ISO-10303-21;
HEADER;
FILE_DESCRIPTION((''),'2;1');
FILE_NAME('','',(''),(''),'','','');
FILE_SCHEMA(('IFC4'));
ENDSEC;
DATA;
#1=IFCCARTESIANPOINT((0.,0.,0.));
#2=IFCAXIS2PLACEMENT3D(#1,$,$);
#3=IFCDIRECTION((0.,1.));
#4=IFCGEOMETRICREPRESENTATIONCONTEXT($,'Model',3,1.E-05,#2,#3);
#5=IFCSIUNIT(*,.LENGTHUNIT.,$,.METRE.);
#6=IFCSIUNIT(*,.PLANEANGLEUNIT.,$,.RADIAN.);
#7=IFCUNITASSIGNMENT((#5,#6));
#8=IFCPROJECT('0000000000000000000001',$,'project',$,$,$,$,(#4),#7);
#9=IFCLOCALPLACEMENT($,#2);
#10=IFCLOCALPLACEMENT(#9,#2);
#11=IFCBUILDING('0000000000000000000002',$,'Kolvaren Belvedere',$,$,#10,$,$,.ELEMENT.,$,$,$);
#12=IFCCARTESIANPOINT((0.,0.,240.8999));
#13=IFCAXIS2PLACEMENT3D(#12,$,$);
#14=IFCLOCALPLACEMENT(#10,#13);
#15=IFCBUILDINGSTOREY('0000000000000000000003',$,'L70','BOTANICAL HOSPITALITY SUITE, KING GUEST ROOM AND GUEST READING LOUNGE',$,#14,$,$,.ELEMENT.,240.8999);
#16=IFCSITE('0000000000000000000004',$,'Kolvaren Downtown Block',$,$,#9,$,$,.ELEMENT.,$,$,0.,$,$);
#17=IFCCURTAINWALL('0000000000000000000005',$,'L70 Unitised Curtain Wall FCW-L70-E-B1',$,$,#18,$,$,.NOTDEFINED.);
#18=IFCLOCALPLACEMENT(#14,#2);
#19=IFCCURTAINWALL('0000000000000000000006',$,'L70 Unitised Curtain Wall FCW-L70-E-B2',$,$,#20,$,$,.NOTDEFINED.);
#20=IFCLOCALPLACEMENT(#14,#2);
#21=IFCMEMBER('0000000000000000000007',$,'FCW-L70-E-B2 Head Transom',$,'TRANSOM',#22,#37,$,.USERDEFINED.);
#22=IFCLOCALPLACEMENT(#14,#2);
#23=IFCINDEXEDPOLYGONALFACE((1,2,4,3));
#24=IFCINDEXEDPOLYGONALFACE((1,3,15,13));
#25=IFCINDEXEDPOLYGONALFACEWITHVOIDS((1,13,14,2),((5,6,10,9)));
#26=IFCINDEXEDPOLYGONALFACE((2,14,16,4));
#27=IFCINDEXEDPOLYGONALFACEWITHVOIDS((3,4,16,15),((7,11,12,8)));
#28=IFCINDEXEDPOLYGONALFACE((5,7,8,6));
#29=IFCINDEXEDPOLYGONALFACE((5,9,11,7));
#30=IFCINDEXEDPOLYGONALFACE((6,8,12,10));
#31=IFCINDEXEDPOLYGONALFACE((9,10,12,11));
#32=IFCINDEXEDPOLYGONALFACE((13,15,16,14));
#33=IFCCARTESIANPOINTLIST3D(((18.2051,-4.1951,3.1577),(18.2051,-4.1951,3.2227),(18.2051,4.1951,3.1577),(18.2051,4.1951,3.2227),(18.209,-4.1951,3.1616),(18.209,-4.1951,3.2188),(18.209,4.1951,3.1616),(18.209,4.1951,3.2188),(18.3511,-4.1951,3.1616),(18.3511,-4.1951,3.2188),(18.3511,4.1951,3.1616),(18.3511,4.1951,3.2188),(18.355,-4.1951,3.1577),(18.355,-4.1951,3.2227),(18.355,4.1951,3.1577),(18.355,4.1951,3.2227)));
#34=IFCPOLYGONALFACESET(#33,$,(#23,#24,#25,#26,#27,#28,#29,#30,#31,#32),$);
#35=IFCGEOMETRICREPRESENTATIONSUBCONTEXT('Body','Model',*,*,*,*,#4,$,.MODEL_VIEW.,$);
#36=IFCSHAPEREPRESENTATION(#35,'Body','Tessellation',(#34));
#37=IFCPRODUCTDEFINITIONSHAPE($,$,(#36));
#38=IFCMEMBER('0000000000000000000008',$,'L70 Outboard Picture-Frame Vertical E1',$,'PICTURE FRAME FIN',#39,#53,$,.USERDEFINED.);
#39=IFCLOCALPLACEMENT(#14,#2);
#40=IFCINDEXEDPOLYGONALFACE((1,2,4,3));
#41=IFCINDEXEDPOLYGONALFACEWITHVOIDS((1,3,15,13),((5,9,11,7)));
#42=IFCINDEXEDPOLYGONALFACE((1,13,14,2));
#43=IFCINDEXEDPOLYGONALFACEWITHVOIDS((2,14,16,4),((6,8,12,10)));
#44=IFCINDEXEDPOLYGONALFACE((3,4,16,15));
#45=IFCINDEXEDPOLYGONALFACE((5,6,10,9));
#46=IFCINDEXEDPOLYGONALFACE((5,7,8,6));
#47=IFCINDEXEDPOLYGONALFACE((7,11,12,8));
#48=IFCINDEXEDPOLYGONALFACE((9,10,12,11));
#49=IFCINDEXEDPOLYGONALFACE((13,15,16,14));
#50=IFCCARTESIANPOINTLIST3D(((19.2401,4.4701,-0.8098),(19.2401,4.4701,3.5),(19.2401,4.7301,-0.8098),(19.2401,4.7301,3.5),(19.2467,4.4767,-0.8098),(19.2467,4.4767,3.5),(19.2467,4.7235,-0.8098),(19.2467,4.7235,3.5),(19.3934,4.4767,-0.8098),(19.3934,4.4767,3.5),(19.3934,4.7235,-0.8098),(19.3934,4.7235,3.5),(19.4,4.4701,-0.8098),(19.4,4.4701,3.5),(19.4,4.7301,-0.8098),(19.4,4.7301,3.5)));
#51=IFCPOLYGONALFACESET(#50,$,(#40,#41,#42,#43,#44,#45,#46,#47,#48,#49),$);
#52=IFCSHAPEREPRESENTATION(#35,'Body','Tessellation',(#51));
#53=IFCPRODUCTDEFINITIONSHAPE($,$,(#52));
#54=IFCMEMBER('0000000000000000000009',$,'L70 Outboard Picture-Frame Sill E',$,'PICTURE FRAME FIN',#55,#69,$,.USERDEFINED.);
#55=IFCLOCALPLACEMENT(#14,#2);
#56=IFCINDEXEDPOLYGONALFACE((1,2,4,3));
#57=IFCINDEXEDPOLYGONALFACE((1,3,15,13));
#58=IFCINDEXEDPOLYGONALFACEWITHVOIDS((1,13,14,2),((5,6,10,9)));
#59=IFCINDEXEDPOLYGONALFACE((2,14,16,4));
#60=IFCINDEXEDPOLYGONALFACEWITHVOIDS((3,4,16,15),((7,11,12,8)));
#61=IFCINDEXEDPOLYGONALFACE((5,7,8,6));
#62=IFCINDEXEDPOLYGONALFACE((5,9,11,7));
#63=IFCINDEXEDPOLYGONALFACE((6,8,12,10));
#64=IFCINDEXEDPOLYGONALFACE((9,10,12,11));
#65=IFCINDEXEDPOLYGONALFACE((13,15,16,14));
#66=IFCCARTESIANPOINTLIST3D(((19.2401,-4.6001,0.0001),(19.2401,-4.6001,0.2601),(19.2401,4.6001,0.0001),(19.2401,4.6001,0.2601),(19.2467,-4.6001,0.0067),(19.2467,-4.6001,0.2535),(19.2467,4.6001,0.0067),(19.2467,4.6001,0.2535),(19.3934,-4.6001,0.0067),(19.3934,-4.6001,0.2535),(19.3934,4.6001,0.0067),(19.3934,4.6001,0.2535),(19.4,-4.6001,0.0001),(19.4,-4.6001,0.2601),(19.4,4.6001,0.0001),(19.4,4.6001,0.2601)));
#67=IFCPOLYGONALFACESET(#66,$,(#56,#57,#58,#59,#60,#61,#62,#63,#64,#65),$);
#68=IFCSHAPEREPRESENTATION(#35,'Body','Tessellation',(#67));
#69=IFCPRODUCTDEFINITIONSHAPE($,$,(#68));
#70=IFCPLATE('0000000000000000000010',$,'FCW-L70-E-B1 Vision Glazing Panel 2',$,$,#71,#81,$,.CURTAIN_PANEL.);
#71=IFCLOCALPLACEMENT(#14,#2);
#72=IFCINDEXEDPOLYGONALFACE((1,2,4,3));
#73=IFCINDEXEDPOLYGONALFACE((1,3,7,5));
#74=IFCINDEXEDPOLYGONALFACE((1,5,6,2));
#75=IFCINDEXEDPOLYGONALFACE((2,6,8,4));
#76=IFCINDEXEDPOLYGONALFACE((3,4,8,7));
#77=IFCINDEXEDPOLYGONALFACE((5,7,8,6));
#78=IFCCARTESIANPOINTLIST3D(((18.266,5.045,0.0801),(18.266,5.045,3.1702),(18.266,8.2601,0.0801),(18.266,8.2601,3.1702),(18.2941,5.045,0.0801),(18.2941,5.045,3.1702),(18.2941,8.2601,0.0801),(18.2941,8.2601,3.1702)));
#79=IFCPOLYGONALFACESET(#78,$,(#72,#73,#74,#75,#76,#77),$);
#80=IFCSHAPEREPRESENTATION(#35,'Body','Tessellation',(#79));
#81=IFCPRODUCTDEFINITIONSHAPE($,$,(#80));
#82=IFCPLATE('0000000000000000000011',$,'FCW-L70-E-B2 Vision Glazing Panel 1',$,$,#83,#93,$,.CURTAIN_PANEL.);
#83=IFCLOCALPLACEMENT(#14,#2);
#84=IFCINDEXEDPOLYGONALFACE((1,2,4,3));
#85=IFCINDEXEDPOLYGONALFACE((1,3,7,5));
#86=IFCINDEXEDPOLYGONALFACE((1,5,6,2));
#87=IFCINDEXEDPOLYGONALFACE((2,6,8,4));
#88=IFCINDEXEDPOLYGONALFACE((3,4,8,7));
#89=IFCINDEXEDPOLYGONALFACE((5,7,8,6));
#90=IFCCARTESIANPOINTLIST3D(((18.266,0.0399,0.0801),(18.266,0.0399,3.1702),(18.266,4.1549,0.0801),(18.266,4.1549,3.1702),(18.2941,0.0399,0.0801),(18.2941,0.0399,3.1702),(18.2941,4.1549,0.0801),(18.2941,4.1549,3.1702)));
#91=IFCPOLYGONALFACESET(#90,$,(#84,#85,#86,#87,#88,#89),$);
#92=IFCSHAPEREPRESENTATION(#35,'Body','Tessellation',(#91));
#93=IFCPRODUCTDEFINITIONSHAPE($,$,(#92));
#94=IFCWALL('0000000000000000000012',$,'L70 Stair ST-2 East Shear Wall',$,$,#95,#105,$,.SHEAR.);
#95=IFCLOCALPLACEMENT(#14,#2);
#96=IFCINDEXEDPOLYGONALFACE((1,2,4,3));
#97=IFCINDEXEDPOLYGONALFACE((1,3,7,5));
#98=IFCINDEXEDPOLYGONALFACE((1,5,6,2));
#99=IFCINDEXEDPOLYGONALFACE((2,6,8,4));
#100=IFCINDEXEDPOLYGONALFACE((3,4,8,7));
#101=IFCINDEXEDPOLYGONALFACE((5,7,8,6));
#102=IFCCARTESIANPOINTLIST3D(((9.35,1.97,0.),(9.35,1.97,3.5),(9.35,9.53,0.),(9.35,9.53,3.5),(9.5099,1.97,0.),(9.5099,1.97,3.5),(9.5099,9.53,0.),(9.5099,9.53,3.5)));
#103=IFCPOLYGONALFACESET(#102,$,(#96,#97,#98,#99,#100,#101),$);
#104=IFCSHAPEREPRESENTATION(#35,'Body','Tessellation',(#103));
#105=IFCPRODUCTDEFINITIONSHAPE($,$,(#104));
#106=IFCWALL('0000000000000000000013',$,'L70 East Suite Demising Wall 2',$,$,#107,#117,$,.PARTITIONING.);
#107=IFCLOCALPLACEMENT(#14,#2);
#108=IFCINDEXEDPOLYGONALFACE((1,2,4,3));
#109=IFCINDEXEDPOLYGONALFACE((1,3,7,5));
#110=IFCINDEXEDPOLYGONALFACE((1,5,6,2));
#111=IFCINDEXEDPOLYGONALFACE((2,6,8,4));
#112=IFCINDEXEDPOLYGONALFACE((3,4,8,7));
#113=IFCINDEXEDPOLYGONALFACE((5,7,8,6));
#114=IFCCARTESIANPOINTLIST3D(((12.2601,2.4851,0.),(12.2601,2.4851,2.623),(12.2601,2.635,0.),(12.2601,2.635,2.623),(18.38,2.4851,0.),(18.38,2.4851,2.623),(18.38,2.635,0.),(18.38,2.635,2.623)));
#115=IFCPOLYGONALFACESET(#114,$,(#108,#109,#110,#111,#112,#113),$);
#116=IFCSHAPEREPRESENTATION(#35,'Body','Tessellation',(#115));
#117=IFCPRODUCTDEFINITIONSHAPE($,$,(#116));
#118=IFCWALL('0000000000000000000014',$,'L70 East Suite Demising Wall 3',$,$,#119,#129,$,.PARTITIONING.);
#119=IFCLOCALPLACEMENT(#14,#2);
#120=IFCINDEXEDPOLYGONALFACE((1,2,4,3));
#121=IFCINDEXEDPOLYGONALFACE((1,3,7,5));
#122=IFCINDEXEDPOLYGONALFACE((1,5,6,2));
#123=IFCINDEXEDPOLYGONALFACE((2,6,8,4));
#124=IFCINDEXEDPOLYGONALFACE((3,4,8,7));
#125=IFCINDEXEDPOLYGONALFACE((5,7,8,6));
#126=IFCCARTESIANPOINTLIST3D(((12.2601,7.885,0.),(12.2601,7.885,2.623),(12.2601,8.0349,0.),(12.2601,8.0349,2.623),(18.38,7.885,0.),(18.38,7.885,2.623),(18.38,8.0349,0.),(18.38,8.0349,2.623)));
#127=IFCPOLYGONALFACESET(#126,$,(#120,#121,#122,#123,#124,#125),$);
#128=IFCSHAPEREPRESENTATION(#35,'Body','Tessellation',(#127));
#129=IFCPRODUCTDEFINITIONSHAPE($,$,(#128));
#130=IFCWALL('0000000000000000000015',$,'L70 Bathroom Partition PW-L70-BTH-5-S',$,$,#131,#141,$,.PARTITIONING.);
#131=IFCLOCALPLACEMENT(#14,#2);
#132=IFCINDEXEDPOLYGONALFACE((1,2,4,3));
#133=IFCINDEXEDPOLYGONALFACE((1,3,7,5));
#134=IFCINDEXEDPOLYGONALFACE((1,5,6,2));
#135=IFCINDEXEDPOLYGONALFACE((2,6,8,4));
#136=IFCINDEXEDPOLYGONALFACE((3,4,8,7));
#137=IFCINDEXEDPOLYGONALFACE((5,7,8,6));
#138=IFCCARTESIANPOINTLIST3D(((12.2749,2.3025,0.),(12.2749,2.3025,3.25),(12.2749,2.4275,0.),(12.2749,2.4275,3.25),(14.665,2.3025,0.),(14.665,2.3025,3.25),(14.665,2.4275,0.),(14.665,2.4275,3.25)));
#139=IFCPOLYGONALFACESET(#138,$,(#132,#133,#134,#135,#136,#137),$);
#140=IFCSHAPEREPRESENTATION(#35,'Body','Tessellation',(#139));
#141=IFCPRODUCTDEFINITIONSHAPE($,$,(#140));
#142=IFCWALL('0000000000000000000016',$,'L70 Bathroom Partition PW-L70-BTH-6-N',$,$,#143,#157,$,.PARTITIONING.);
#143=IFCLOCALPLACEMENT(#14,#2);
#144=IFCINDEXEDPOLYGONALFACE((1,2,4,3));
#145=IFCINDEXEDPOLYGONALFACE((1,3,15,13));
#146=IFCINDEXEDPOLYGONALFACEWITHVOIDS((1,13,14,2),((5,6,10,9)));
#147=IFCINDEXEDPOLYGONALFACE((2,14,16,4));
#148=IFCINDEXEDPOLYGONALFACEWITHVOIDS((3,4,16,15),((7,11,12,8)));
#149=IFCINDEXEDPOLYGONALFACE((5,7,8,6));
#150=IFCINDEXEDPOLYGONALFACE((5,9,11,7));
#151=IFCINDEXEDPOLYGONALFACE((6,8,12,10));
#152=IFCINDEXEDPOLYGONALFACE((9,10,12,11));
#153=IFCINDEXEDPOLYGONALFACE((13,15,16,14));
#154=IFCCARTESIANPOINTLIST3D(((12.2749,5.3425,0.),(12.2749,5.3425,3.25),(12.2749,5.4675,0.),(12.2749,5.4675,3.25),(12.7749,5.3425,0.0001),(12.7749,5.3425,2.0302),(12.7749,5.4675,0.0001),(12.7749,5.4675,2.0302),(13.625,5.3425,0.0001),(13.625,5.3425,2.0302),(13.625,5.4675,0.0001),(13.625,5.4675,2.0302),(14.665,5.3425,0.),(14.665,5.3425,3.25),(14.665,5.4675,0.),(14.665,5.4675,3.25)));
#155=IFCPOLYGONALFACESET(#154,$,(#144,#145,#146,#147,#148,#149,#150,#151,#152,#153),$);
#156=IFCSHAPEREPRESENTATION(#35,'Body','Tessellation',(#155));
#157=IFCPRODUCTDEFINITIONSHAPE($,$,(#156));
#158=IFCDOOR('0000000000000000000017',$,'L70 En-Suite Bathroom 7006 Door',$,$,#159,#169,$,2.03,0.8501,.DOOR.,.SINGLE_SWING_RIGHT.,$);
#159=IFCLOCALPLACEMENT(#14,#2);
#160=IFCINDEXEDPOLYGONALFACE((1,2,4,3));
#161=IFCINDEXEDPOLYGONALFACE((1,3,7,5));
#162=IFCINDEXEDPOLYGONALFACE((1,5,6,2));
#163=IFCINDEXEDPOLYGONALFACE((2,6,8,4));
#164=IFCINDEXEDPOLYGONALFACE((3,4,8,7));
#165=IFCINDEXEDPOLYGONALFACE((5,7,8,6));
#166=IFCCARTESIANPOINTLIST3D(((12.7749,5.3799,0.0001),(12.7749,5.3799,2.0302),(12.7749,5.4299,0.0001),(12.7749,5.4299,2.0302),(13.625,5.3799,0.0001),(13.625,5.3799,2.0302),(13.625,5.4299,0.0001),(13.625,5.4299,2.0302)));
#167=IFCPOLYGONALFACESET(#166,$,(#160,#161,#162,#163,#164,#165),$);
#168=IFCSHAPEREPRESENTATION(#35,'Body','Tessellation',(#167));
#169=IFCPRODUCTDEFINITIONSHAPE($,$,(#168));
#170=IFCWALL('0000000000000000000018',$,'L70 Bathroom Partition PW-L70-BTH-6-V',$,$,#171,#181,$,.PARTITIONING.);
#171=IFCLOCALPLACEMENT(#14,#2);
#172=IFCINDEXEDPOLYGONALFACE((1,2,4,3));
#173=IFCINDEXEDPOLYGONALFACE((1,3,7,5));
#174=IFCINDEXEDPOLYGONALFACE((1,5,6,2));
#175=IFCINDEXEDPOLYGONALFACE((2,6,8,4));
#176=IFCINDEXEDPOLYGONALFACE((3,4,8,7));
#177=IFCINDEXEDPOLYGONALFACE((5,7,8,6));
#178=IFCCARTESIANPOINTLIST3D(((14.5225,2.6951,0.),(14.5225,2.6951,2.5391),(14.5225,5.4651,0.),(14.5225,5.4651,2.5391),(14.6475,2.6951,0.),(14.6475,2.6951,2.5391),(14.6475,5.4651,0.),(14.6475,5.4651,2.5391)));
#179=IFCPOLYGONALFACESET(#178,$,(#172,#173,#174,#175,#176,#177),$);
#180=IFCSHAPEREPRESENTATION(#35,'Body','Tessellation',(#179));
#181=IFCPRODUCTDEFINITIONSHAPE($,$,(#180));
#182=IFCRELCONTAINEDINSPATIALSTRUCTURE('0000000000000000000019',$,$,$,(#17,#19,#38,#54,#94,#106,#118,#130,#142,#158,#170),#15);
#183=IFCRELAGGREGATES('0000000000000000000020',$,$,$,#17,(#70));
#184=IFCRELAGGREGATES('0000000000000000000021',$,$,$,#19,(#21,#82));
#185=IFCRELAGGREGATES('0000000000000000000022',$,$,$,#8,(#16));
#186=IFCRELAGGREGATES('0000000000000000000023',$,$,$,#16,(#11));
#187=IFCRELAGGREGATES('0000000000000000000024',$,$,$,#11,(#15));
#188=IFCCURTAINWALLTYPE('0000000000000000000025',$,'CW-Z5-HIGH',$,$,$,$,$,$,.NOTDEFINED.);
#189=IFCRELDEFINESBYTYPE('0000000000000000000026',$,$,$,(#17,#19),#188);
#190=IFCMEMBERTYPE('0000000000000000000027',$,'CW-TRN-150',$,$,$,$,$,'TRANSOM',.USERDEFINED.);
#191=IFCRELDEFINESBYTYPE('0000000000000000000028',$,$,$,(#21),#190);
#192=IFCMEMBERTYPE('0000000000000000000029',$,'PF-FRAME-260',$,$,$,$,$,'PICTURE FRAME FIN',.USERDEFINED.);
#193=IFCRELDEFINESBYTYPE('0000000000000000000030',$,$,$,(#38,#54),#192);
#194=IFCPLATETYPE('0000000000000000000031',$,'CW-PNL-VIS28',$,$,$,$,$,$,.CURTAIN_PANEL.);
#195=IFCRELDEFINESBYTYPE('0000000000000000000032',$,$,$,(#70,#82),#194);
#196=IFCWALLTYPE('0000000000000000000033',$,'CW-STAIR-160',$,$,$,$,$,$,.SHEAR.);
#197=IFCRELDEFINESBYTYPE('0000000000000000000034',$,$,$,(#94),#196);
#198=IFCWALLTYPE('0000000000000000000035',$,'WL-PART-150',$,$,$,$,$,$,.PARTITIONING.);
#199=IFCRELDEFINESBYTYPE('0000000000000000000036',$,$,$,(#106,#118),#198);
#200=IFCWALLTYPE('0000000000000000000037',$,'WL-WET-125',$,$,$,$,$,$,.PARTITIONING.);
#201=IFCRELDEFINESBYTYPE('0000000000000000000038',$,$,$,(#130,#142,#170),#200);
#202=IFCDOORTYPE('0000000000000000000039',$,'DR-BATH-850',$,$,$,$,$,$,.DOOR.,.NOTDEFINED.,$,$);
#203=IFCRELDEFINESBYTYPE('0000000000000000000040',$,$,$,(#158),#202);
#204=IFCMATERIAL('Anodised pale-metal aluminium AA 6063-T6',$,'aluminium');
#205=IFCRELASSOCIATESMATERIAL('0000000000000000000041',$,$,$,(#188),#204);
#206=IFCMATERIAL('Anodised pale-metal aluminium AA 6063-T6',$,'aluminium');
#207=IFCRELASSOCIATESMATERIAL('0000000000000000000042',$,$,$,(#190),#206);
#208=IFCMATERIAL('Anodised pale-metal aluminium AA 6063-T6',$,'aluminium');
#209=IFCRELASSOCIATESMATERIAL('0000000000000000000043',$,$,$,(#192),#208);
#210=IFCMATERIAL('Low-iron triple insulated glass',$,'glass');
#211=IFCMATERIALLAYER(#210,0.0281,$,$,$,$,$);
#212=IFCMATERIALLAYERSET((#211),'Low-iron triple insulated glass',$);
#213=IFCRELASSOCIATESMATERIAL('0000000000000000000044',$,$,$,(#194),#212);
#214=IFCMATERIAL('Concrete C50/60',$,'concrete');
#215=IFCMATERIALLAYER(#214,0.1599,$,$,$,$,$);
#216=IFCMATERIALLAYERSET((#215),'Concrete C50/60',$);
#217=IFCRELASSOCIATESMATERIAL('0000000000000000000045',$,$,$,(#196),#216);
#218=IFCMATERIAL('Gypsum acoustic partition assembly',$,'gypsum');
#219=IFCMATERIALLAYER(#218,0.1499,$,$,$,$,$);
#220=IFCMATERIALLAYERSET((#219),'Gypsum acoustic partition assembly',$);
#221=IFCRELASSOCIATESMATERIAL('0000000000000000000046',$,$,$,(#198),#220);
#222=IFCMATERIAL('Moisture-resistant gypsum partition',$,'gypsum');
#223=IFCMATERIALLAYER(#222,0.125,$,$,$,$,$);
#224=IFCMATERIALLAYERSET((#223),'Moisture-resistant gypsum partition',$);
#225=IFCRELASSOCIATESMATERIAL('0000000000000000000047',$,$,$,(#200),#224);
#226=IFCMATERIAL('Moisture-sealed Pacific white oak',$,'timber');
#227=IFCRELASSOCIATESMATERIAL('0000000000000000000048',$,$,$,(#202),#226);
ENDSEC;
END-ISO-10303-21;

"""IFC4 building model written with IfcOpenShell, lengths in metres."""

from ifc_helpers import new_model, si_unit, direction, frame, frame_2d, origin, origin_2d, place, context, subcontext, project, spatial, rectangle, hollow_rectangle, extrude, material, layer, layer_set, material_profile, profile_set, type_object, element, fill, aggregate, save


model = new_model("IFC4")

# Units and contexts
model_context = context("Model", 3, precision=1e-05, world=origin(), true_north=direction((0.0, 1.0)))
body_context = subcontext(model_context, "Body", "Model", "MODEL_VIEW")
ifc_project = project(units=[si_unit("LENGTHUNIT", "METRE"), si_unit("PLANEANGLEUNIT", "RADIAN")], contexts=[model_context])

# Site, building, storey
site_placement = place(None, origin())
site = spatial("IfcSite", under=ifc_project, at=site_placement, Name="Kolvaren Downtown Block", CompositionType="ELEMENT", RefElevation=0.0)
building_placement = place(site_placement, origin())
building = spatial("IfcBuilding", under=site, at=building_placement, Name="Kolvaren Belvedere", CompositionType="ELEMENT")
storey_placement = place(building_placement, frame((0.0, 0.0, 240.8999)))
storey = spatial("IfcBuildingStorey", under=building, at=storey_placement, Name="L70", Description="BOTANICAL HOSPITALITY SUITE, KING GUEST ROOM AND GUEST READING LOUNGE", CompositionType="ELEMENT", Elevation=240.8999)

# Curtain walls, member
ifc_material_1 = material(Name="Anodised pale-metal aluminium AA 6063-T6", Category="aluminium")
curtain_wall_type = type_object("IfcCurtainWallType", Name="CW-Z5-HIGH", PredefinedType="NOTDEFINED", material=ifc_material_1)
curtain_wall_1_placement = place(storey_placement, origin())
curtain_wall_1 = element("IfcCurtainWall", 1, at=curtain_wall_1_placement, inside=storey, type_object=curtain_wall_type, Name="L70 Unitised Curtain Wall FCW-L70-E-B1", PredefinedType="NOTDEFINED")
curtain_wall_2_placement = place(storey_placement, origin())
curtain_wall_2 = element("IfcCurtainWall", 2, at=curtain_wall_2_placement, inside=storey, type_object=curtain_wall_type, Name="L70 Unitised Curtain Wall FCW-L70-E-B2", PredefinedType="NOTDEFINED")
ifc_material_2 = material(Name="Anodised pale-metal aluminium AA 6063-T6", Category="aluminium")
ifc_material_profile_1 = material_profile(ifc_material_2, hollow_rectangle(XDim=0.0649, YDim=0.1499, WallThickness=0.0039, at=origin_2d()), Name="ALU-TRN-150X65")
ifc_profile_set_1 = profile_set([ifc_material_profile_1], Name="Anodised pale-metal aluminium AA 6063-T6")
member_type_1 = type_object("IfcMemberType", Name="CW-TRN-150", ElementType="TRANSOM", PredefinedType="USERDEFINED", material=ifc_profile_set_1)
member_1_placement = place(storey_placement, frame((18.28, 4.1951, 3.1902), z_axis=(0.0, -1.0, 0.0), x_axis=(0.0, 0.0, 1.0)))
member_1 = element("IfcMember", 3, at=member_1_placement, type_object=member_type_1, Name="FCW-L70-E-B2 Head Transom", ObjectType="TRANSOM", PredefinedType="USERDEFINED", context=body_context, shape_type="SweptSolid", body=[
    extrude(hollow_rectangle(XDim=0.0649, YDim=0.1499, WallThickness=0.0039, at=origin_2d()), origin(), (0.0, 0.0, 1.0), 8.3901),
])

# Members
ifc_material_3 = material(Name="Anodised pale-metal aluminium AA 6063-T6", Category="aluminium")
ifc_material_profile_2 = material_profile(ifc_material_3, hollow_rectangle(XDim=0.1599, YDim=0.26, WallThickness=0.0066, at=origin_2d()), Name="ALU-PF-260X160")
ifc_profile_set_2 = profile_set([ifc_material_profile_2], Name="Anodised pale-metal aluminium AA 6063-T6")
member_type_2 = type_object("IfcMemberType", Name="PF-FRAME-260", ElementType="PICTURE FRAME FIN", PredefinedType="USERDEFINED", material=ifc_profile_set_2)
member_2_placement = place(storey_placement, frame((19.3201, 4.6001, -0.8098), z_axis=(0.0, 0.0, 1.0), x_axis=(1.0, 0.0, 0.0)))
element("IfcMember", 4, at=member_2_placement, inside=storey, type_object=member_type_2, Name="L70 Outboard Picture-Frame Vertical E1", ObjectType="PICTURE FRAME FIN", PredefinedType="USERDEFINED", context=body_context, shape_type="SweptSolid", body=[
    extrude(hollow_rectangle(XDim=0.1599, YDim=0.26, WallThickness=0.0066, at=origin_2d()), origin(), (0.0, 0.0, 1.0), 4.3098),
])
member_3_placement = place(storey_placement, frame((19.3201, 4.6001, 0.1301), z_axis=(0.0, -1.0, 0.0), x_axis=(1.0, 0.0, 0.0)))
element("IfcMember", 5, at=member_3_placement, inside=storey, type_object=member_type_2, Name="L70 Outboard Picture-Frame Sill E", ObjectType="PICTURE FRAME FIN", PredefinedType="USERDEFINED", context=body_context, shape_type="SweptSolid", body=[
    extrude(hollow_rectangle(XDim=0.1599, YDim=0.26, WallThickness=0.0066, at=origin_2d()), origin(), (0.0, 0.0, 1.0), 9.2002),
])

# Plates
ifc_material_4 = material(Name="Low-iron triple insulated glass", Category="glass")
ifc_layer_1 = layer(ifc_material_4, 0.0281)
ifc_layer_set_1 = layer_set([ifc_layer_1], Name="Low-iron triple insulated glass")
plate_type = type_object("IfcPlateType", Name="CW-PNL-VIS28", PredefinedType="CURTAIN_PANEL", material=ifc_layer_set_1)
plate_1_placement = place(storey_placement, frame((18.28, 6.6526, 0.0801), z_axis=(0.0, 0.0, 1.0), x_axis=(0.0, -1.0, 0.0)))
plate_1 = element("IfcPlate", 6, at=plate_1_placement, type_object=plate_type, Name="FCW-L70-E-B1 Vision Glazing Panel 2", PredefinedType="CURTAIN_PANEL", context=body_context, shape_type="SweptSolid", body=[
    extrude(rectangle(XDim=3.2151, YDim=0.0281, at=origin_2d()), origin(), (0.0, 0.0, 1.0), 3.0901),
])
aggregate(curtain_wall_1, [plate_1])
plate_2_placement = place(storey_placement, frame((18.28, 2.0974, 0.0801), z_axis=(0.0, 0.0, 1.0), x_axis=(0.0, -1.0, 0.0)))
plate_2 = element("IfcPlate", 7, at=plate_2_placement, type_object=plate_type, Name="FCW-L70-E-B2 Vision Glazing Panel 1", PredefinedType="CURTAIN_PANEL", context=body_context, shape_type="SweptSolid", body=[
    extrude(rectangle(XDim=4.115, YDim=0.0281, at=origin_2d()), origin(), (0.0, 0.0, 1.0), 3.0901),
])
aggregate(curtain_wall_2, [member_1, plate_2])

# Walls
ifc_material_5 = material(Name="Concrete C50/60", Category="concrete")
ifc_layer_2 = layer(ifc_material_5, 0.1599)
ifc_layer_set_2 = layer_set([ifc_layer_2], Name="Concrete C50/60")
wall_type_1 = type_object("IfcWallType", Name="CW-STAIR-160", PredefinedType="SHEAR", material=ifc_layer_set_2)
wall_1_placement = place(storey_placement, frame((9.4299, 1.97, 0.0), z_axis=(0.0, 0.0, 1.0), x_axis=(0.0, 1.0, 0.0)))
element("IfcWall", 8, at=wall_1_placement, inside=storey, type_object=wall_type_1, Name="L70 Stair ST-2 East Shear Wall", PredefinedType="SHEAR", context=body_context, shape_type="SweptSolid", body=[
    extrude(rectangle(XDim=7.5601, YDim=0.1599, at=frame_2d((3.78, 0.0))), origin(), (0.0, 0.0, 1.0), 3.5),
])
ifc_material_6 = material(Name="Gypsum acoustic partition assembly", Category="gypsum")
ifc_layer_3 = layer(ifc_material_6, 0.1499)
ifc_layer_set_3 = layer_set([ifc_layer_3], Name="Gypsum acoustic partition assembly")
wall_type_2 = type_object("IfcWallType", Name="WL-PART-150", PredefinedType="PARTITIONING", material=ifc_layer_set_3)
for number, where, z_axis, x_axis, name in (
    (9, (12.26, 2.5601, 0.0), (0.0, 0.0, 1.0), (1.0, 0.0, 0.0), "L70 East Suite Demising Wall 2"),
    (10, (12.26, 7.96, 0.0), (0.0, 0.0, 1.0), (1.0, 0.0, 0.0), "L70 East Suite Demising Wall 3"),
):
    element("IfcWall", number, at=place(storey_placement, frame(where, z_axis=z_axis, x_axis=x_axis)), inside=storey, type_object=wall_type_2, Name=name, PredefinedType="PARTITIONING", context=body_context, shape_type="SweptSolid", body=[
        extrude(rectangle(XDim=6.1199, YDim=0.1499, at=frame_2d((3.0601, 0.0))), origin(), (0.0, 0.0, 1.0), 2.623),
    ])
ifc_material_7 = material(Name="Moisture-resistant gypsum partition", Category="gypsum")
ifc_layer_4 = layer(ifc_material_7, 0.125)
ifc_layer_set_4 = layer_set([ifc_layer_4], Name="Moisture-resistant gypsum partition")
wall_type_3 = type_object("IfcWallType", Name="WL-WET-125", PredefinedType="PARTITIONING", material=ifc_layer_set_4)
wall_2_placement = place(storey_placement, frame((12.2749, 2.365, 0.0), z_axis=(0.0, 0.0, 1.0), x_axis=(1.0, 0.0, 0.0)))
element("IfcWall", 11, at=wall_2_placement, inside=storey, type_object=wall_type_3, Name="L70 Bathroom Partition PW-L70-BTH-5-S", PredefinedType="PARTITIONING", context=body_context, shape_type="SweptSolid", body=[
    extrude(rectangle(XDim=2.3901, YDim=0.125, at=frame_2d((1.1951, 0.0))), origin(), (0.0, 0.0, 1.0), 3.25),
])

# Wall, opening, door
wall_3_placement = place(storey_placement, frame((12.2749, 5.405, 0.0), z_axis=(0.0, 0.0, 1.0), x_axis=(1.0, 0.0, 0.0)))
wall_3 = element("IfcWall", 12, at=wall_3_placement, inside=storey, type_object=wall_type_3, Name="L70 Bathroom Partition PW-L70-BTH-6-N", PredefinedType="PARTITIONING", context=body_context, shape_type="SweptSolid", body=[
    extrude(rectangle(XDim=2.3901, YDim=0.125, at=frame_2d((1.1951, 0.0))), origin(), (0.0, 0.0, 1.0), 3.25),
])
opening_placement = place(wall_3_placement, frame((0.5, 0.0, 0.0)))
opening = element("IfcOpeningElement", 13, at=opening_placement, cuts=wall_3, PredefinedType="OPENING", context=body_context, shape_type="SweptSolid", body=[
    extrude(rectangle(XDim=0.8501, YDim=2.03, at=frame_2d((0.425, 1.0151))), frame((0.0, 0.0725, 0.0), z_axis=(0.0, -1.0, 0.0), x_axis=(1.0, 0.0, 0.0)), (0.0, 0.0, 1.0), 0.145),
])
ifc_material_8 = material(Name="Moisture-sealed Pacific white oak", Category="timber")
door_type = type_object("IfcDoorType", Name="DR-BATH-850", OperationType="NOTDEFINED", PredefinedType="DOOR", material=ifc_material_8)
door_placement = place(opening_placement, origin())
door = element("IfcDoor", 14, at=door_placement, inside=storey, type_object=door_type, Name="L70 En-Suite Bathroom 7006 Door", OperationType="SINGLE_SWING_RIGHT", OverallHeight=2.03, OverallWidth=0.8501, PredefinedType="DOOR", context=body_context, shape_type="SweptSolid", body=[
    extrude(rectangle(XDim=0.8501, YDim=2.03, at=frame_2d((0.425, 1.0151))), frame((0.0, 0.0249, 0.0), z_axis=(0.0, -1.0, 0.0), x_axis=(1.0, 0.0, 0.0)), (0.0, 0.0, 1.0), 0.05),
])
fill(opening, door)

# Wall
wall_4_placement = place(storey_placement, frame((14.585, 2.6951, 0.0), z_axis=(0.0, 0.0, 1.0), x_axis=(0.0, 1.0, 0.0)))
element("IfcWall", 15, at=wall_4_placement, inside=storey, type_object=wall_type_3, Name="L70 Bathroom Partition PW-L70-BTH-6-V", PredefinedType="PARTITIONING", context=body_context, shape_type="SweptSolid", body=[
    extrude(rectangle(XDim=2.77, YDim=0.125, at=frame_2d((1.385, 0.0))), origin(), (0.0, 0.0, 1.0), 2.5391),
])

save(model, "model.ifc")
